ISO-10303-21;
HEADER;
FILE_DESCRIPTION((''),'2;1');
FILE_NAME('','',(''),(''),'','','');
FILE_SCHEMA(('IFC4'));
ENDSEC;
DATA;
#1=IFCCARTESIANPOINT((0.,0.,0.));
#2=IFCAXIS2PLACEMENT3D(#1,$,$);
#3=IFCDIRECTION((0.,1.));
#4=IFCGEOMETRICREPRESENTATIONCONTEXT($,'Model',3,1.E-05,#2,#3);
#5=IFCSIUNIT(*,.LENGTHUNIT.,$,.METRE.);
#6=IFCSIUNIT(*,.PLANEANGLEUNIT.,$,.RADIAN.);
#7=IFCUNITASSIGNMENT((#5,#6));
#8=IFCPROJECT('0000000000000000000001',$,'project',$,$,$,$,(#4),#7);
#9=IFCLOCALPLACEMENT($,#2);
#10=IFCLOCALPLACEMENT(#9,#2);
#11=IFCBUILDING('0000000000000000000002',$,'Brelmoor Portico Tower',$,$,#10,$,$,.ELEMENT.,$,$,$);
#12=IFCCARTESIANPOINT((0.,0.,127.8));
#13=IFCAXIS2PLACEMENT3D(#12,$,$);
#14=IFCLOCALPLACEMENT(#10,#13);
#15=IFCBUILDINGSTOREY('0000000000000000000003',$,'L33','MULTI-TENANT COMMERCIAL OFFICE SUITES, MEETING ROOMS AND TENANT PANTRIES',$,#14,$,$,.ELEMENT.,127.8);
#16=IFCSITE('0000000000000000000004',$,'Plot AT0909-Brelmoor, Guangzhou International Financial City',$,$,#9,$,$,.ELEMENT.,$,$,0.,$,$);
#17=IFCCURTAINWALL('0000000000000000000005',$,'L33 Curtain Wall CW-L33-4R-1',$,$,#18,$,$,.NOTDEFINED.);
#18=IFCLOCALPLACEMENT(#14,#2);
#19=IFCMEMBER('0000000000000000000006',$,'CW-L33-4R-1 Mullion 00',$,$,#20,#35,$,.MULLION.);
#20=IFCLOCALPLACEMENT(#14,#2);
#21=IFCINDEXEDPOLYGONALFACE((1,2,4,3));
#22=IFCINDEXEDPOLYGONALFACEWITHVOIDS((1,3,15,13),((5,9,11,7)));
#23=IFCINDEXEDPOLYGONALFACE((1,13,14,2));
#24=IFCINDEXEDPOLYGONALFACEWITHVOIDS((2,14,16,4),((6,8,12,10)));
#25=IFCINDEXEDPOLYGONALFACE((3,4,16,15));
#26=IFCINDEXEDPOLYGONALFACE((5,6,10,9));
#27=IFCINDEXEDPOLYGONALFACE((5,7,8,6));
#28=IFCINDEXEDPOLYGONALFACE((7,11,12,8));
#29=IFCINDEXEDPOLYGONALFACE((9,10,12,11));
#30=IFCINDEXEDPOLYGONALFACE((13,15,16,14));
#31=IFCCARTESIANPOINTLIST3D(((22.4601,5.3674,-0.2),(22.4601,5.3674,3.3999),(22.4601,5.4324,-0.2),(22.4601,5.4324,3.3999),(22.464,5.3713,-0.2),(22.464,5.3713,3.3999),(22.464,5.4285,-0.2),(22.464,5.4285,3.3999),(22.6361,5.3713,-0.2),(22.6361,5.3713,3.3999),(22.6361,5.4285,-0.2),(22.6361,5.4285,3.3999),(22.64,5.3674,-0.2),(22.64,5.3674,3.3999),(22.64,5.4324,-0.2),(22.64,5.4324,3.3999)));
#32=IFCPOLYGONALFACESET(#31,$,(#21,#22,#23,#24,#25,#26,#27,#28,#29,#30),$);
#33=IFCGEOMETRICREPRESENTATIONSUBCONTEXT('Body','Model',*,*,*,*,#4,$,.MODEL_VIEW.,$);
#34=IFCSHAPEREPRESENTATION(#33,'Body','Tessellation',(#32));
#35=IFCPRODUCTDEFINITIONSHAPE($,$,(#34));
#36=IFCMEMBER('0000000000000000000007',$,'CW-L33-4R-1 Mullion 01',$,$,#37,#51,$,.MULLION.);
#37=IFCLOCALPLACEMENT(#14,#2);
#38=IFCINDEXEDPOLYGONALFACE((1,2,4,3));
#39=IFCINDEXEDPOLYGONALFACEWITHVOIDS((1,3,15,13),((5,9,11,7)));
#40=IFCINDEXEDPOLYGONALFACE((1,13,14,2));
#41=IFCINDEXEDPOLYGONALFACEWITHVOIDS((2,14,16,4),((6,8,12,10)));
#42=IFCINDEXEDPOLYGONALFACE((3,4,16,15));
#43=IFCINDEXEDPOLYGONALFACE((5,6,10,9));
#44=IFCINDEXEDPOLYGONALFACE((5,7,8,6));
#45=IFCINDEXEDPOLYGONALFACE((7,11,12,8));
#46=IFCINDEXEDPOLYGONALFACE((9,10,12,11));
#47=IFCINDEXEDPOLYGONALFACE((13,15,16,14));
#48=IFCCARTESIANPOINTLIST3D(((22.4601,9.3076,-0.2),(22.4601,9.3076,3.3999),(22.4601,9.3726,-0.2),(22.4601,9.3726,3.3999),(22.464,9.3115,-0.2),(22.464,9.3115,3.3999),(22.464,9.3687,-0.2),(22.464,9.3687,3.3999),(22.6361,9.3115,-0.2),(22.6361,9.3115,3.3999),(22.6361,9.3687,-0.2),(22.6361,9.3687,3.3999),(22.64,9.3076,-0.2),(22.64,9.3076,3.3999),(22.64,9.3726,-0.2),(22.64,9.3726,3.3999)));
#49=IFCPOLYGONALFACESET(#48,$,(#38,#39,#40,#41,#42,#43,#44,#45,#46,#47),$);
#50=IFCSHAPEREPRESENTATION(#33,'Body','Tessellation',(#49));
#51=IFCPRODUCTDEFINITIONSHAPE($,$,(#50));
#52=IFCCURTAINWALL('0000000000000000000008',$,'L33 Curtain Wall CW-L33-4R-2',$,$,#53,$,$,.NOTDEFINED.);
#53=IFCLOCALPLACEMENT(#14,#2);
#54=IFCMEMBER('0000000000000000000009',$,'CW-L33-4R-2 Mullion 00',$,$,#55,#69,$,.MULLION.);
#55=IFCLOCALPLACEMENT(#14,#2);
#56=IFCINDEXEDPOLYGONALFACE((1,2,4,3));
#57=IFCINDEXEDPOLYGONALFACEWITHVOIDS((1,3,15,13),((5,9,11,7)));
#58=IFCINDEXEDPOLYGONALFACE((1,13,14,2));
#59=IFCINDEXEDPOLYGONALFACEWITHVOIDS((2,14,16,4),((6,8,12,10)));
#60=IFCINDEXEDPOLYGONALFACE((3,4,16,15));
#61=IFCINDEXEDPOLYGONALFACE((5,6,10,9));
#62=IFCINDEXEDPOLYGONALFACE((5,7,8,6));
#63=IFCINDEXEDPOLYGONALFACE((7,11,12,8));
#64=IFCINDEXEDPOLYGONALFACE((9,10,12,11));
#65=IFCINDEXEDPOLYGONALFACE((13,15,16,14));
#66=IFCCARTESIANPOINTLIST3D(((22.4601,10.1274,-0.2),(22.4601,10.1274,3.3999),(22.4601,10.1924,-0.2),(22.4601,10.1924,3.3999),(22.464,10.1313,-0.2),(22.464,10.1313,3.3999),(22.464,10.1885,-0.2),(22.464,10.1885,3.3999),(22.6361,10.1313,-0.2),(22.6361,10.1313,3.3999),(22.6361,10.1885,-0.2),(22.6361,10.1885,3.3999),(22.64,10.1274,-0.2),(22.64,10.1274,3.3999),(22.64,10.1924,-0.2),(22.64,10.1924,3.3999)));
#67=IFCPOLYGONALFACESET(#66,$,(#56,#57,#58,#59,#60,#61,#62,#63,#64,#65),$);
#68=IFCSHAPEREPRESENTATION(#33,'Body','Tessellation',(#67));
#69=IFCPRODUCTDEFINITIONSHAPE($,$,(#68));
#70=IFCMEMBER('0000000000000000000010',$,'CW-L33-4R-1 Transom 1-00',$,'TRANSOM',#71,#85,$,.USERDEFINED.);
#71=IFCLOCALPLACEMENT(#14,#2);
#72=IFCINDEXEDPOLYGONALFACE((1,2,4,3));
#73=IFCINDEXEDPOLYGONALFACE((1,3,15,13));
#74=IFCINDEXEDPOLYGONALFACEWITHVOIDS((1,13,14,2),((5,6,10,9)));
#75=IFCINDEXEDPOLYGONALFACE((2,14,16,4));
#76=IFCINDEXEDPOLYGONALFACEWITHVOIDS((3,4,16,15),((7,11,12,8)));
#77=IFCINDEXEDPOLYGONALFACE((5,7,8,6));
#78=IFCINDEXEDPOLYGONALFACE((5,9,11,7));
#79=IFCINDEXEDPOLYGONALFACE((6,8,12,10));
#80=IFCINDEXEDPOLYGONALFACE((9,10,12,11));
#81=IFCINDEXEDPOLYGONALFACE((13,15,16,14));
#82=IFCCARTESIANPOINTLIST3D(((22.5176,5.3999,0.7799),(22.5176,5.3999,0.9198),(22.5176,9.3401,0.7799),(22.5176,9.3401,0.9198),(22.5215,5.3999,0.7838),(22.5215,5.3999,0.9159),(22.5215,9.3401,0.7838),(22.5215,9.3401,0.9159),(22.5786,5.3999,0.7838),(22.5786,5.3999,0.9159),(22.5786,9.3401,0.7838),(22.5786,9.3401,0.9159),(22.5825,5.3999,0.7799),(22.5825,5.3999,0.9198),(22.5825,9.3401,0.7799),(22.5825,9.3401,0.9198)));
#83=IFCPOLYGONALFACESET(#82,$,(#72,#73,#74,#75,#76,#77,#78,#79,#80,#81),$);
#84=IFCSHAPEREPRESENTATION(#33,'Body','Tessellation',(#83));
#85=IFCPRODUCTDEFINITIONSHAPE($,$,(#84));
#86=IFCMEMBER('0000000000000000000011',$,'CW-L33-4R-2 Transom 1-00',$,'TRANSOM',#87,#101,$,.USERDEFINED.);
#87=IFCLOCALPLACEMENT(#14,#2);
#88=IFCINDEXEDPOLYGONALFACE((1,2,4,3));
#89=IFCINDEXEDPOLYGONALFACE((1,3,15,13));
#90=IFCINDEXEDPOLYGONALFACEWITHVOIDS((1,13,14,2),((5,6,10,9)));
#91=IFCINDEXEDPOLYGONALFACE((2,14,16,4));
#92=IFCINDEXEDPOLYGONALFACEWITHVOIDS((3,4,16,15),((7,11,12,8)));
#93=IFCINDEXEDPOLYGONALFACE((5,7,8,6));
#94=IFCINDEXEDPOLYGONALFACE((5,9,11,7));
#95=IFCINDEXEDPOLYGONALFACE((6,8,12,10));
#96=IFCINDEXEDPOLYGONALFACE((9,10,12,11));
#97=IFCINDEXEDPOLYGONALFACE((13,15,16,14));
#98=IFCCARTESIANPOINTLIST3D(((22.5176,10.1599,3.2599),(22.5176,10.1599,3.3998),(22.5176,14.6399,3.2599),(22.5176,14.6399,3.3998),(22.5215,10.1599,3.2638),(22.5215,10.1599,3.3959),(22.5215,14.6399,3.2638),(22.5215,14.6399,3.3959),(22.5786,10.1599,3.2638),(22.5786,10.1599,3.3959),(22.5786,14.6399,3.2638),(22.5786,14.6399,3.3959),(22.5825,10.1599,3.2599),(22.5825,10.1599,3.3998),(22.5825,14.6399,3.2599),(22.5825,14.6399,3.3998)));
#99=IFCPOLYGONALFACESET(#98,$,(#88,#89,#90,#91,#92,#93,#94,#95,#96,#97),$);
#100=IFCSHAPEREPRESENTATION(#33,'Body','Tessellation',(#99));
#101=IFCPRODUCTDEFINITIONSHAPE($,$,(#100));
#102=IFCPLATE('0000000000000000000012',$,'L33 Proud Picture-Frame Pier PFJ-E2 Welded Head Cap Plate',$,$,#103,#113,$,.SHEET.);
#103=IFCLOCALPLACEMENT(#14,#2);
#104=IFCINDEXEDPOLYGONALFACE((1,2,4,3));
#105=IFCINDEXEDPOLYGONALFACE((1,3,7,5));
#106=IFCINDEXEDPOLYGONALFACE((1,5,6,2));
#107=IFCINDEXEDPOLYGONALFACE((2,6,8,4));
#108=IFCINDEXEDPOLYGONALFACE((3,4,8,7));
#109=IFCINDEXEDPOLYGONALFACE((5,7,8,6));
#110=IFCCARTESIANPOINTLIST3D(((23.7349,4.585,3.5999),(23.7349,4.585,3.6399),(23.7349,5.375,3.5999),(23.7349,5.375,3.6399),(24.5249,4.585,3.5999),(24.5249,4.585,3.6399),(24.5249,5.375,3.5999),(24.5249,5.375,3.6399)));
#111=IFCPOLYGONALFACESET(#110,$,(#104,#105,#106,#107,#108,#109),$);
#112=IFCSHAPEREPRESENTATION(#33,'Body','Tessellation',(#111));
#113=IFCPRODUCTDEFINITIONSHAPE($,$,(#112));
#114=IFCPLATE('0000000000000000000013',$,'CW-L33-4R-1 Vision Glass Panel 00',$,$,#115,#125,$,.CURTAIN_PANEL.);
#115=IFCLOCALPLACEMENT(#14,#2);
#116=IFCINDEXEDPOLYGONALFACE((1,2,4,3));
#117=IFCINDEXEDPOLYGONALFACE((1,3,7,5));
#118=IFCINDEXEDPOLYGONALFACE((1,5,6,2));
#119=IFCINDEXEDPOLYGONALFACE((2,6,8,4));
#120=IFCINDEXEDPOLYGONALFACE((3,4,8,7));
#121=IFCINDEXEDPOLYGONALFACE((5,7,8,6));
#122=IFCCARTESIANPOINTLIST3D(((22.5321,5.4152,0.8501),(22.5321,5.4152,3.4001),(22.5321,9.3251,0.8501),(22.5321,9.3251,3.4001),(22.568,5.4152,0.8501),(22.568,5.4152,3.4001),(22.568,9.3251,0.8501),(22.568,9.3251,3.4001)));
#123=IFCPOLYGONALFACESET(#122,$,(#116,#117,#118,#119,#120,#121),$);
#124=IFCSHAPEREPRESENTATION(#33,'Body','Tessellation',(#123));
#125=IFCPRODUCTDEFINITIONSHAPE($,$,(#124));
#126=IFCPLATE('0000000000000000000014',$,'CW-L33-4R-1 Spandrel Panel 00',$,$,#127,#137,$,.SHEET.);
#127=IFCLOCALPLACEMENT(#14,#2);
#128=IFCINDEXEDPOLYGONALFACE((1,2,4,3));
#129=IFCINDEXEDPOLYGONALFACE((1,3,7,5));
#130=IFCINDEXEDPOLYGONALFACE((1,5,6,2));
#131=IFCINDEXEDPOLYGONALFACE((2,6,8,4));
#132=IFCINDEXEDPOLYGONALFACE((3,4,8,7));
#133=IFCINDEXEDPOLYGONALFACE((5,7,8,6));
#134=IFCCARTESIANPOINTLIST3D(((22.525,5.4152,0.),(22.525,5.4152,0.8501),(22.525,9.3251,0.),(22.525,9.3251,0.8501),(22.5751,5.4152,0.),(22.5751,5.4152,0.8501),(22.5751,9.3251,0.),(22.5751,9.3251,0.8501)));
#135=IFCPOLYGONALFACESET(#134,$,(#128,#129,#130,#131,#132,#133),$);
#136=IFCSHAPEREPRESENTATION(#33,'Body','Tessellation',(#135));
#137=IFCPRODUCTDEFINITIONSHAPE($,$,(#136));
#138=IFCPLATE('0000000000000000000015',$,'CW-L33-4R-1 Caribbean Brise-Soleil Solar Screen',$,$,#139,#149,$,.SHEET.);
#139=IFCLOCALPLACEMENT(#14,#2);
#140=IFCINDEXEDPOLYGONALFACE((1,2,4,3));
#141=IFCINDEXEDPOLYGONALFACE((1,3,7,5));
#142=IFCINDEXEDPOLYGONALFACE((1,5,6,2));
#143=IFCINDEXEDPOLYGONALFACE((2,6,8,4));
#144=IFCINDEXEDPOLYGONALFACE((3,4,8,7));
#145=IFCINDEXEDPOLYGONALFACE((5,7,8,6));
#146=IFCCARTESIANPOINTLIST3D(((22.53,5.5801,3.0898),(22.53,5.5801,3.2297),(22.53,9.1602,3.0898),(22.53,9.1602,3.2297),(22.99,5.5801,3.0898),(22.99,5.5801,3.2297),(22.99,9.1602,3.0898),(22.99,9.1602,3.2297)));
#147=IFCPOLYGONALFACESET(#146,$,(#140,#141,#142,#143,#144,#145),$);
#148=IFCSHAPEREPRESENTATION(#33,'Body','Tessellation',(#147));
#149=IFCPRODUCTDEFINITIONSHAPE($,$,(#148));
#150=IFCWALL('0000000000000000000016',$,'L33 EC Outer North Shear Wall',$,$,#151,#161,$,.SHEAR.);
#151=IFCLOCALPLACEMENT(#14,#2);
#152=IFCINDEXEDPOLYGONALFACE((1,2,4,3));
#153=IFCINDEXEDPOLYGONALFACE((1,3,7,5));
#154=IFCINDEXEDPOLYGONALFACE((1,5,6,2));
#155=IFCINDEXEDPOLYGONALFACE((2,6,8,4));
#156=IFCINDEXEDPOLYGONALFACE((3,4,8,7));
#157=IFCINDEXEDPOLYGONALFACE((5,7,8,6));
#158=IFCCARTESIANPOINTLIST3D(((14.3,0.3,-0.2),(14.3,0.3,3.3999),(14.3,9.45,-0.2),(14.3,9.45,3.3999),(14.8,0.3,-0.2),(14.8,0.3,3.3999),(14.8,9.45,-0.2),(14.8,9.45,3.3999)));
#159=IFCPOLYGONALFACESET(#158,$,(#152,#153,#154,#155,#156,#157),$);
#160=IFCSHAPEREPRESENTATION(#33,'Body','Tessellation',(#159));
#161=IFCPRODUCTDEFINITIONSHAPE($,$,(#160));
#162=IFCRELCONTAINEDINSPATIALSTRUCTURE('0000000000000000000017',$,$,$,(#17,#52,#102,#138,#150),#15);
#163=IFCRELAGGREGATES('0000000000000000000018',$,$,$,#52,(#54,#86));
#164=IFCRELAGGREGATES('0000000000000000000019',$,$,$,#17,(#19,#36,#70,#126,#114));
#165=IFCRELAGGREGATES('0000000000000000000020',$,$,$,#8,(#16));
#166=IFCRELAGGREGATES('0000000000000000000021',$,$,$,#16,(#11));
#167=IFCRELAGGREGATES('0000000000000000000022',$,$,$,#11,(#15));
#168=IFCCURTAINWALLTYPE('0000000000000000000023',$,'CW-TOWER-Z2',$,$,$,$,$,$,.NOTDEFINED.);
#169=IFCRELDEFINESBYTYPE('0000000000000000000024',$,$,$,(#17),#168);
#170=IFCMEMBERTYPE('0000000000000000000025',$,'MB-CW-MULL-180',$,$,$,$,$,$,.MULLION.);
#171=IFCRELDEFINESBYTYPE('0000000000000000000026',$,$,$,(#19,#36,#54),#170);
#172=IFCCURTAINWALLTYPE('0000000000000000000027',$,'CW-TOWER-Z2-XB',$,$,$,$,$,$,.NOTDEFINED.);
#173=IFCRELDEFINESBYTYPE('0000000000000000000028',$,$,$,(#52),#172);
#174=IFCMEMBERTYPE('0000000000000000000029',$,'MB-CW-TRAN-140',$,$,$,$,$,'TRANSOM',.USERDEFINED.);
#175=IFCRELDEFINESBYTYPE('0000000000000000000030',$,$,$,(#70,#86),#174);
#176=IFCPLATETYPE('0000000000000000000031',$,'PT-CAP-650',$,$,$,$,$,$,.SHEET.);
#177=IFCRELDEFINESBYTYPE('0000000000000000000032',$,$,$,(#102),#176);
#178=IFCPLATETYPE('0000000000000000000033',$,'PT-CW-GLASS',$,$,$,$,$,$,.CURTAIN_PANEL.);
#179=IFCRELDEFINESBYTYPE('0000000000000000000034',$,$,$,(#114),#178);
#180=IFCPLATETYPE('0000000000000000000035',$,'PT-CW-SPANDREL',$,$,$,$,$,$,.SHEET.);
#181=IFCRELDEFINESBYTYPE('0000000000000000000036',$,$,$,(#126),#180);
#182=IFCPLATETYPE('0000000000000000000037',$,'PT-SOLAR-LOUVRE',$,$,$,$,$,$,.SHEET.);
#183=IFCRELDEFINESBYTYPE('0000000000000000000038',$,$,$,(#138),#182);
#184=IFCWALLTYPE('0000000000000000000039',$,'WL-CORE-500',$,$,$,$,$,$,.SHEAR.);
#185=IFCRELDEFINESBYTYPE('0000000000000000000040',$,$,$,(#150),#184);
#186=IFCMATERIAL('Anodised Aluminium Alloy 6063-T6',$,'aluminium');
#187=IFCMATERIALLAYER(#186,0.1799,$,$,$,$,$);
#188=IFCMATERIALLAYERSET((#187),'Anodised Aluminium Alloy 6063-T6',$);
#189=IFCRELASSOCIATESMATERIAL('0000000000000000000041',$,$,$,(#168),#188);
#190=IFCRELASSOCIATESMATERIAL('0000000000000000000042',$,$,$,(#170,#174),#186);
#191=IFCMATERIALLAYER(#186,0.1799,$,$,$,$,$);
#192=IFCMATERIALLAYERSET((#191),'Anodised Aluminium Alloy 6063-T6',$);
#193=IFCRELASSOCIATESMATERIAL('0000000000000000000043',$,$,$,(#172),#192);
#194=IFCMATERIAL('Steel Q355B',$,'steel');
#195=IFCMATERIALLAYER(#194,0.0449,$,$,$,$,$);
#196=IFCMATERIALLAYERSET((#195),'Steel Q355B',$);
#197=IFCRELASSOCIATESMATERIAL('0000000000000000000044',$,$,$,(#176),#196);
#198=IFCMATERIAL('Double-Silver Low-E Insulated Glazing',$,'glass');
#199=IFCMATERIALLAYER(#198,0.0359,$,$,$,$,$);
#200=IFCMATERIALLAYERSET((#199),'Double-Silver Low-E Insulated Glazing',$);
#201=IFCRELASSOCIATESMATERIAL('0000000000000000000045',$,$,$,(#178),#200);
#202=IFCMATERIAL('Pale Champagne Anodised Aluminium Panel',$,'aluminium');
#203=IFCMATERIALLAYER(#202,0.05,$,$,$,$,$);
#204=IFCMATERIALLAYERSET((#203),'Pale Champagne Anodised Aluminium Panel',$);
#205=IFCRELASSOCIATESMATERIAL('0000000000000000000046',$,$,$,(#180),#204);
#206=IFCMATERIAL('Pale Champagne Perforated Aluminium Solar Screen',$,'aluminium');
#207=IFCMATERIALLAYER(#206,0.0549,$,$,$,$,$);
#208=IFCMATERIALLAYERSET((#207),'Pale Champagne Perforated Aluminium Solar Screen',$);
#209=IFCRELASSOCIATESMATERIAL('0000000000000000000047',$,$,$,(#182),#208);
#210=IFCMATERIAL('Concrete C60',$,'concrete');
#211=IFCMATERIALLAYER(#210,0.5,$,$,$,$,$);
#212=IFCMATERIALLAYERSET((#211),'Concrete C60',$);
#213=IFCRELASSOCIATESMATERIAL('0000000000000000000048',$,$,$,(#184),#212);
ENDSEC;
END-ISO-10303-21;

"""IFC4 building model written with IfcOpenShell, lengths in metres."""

from ifc_helpers import new_model, si_unit, direction, frame, frame_2d, origin, origin_2d, place, context, subcontext, project, spatial, rectangle, hollow_rectangle, extrude, material, layer, layer_set, material_profile, profile_set, type_object, element, aggregate, save


model = new_model("IFC4")

# Units and contexts
model_context = context("Model", 3, precision=1e-05, world=origin(), true_north=direction((0.0, 1.0)))
body_context = subcontext(model_context, "Body", "Model", "MODEL_VIEW")
ifc_project = project(units=[si_unit("LENGTHUNIT", "METRE"), si_unit("PLANEANGLEUNIT", "RADIAN")], contexts=[model_context])

# Site, building, storey
site_placement = place(None, origin())
site = spatial("IfcSite", under=ifc_project, at=site_placement, Name="Plot AT0909-Brelmoor, Guangzhou International Financial City", CompositionType="ELEMENT", RefElevation=0.0)
building_placement = place(site_placement, origin())
building = spatial("IfcBuilding", under=site, at=building_placement, Name="Brelmoor Portico Tower", CompositionType="ELEMENT")
storey_placement = place(building_placement, frame((0.0, 0.0, 127.8)))
storey = spatial("IfcBuildingStorey", under=building, at=storey_placement, Name="L33", Description="MULTI-TENANT COMMERCIAL OFFICE SUITES, MEETING ROOMS AND TENANT PANTRIES", CompositionType="ELEMENT", Elevation=127.8)

# Shared definitions
ifc_material_1 = material(Name="Steel Q355B", Category="steel")

# Curtain wall, members
ifc_material_2 = material(Name="Anodised Aluminium Alloy 6063-T6", Category="aluminium")
ifc_layer_1 = layer(ifc_material_2, 0.1799)
ifc_layer_set_1 = layer_set([ifc_layer_1], Name="Anodised Aluminium Alloy 6063-T6")
curtain_wall_type_1 = type_object("IfcCurtainWallType", Name="CW-TOWER-Z2", PredefinedType="NOTDEFINED", material=ifc_layer_set_1)
curtain_wall_1_placement = place(storey_placement, origin())
curtain_wall_1 = element("IfcCurtainWall", 1, at=curtain_wall_1_placement, inside=storey, type_object=curtain_wall_type_1, Name="L33 Curtain Wall CW-L33-4R-1", PredefinedType="NOTDEFINED")
ifc_material_profile_1 = material_profile(ifc_material_2, hollow_rectangle(XDim=0.0649, YDim=0.1799, WallThickness=0.0039, at=origin_2d()), Name="ALU MULLION 65x180")
ifc_profile_set_1 = profile_set([ifc_material_profile_1], Name="Anodised Aluminium Alloy 6063-T6")
member_type_1 = type_object("IfcMemberType", Name="MB-CW-MULL-180", PredefinedType="MULLION", material=ifc_profile_set_1)
member_1_placement = place(storey_placement, frame((22.55, 5.3999, -0.2), z_axis=(0.0, 0.0, 1.0), x_axis=(0.0, 1.0, 0.0)))
member_1 = element("IfcMember", 2, at=member_1_placement, type_object=member_type_1, Name="CW-L33-4R-1 Mullion 00", PredefinedType="MULLION", context=body_context, shape_type="SweptSolid", body=[
    extrude(hollow_rectangle(XDim=0.0649, YDim=0.1799, WallThickness=0.0039, at=origin_2d()), origin(), (0.0, 0.0, 1.0), 3.5999),
])
member_2_placement = place(storey_placement, frame((22.55, 9.3401, -0.2), z_axis=(0.0, 0.0, 1.0), x_axis=(0.0, 1.0, 0.0)))
member_2 = element("IfcMember", 3, at=member_2_placement, type_object=member_type_1, Name="CW-L33-4R-1 Mullion 01", PredefinedType="MULLION", context=body_context, shape_type="SweptSolid", body=[
    extrude(hollow_rectangle(XDim=0.0649, YDim=0.1799, WallThickness=0.0039, at=origin_2d()), origin(), (0.0, 0.0, 1.0), 3.5999),
])

# Curtain wall, member
ifc_layer_2 = layer(ifc_material_2, 0.1799)
ifc_layer_set_2 = layer_set([ifc_layer_2], Name="Anodised Aluminium Alloy 6063-T6")
curtain_wall_type_2 = type_object("IfcCurtainWallType", Name="CW-TOWER-Z2-XB", PredefinedType="NOTDEFINED", material=ifc_layer_set_2)
curtain_wall_2_placement = place(storey_placement, origin())
curtain_wall_2 = element("IfcCurtainWall", 4, at=curtain_wall_2_placement, inside=storey, type_object=curtain_wall_type_2, Name="L33 Curtain Wall CW-L33-4R-2", PredefinedType="NOTDEFINED")
member_3_placement = place(storey_placement, frame((22.55, 10.1599, -0.2), z_axis=(0.0, 0.0, 1.0), x_axis=(0.0, 1.0, 0.0)))
member_3 = element("IfcMember", 5, at=member_3_placement, type_object=member_type_1, Name="CW-L33-4R-2 Mullion 00", PredefinedType="MULLION", context=body_context, shape_type="SweptSolid", body=[
    extrude(hollow_rectangle(XDim=0.0649, YDim=0.1799, WallThickness=0.0039, at=origin_2d()), origin(), (0.0, 0.0, 1.0), 3.5999),
])

# Members
ifc_material_profile_2 = material_profile(ifc_material_2, hollow_rectangle(XDim=0.0649, YDim=0.1399, WallThickness=0.0039, at=origin_2d()), Name="ALU TRANSOM 65x140")
ifc_profile_set_2 = profile_set([ifc_material_profile_2], Name="Anodised Aluminium Alloy 6063-T6")
member_type_2 = type_object("IfcMemberType", Name="MB-CW-TRAN-140", ElementType="TRANSOM", PredefinedType="USERDEFINED", material=ifc_profile_set_2)
member_4_placement = place(storey_placement, frame((22.55, 5.3999, 0.8499), z_axis=(0.0, 1.0, 0.0), x_axis=(-1.0, 0.0, 0.0)))
member_4 = element("IfcMember", 6, at=member_4_placement, type_object=member_type_2, Name="CW-L33-4R-1 Transom 1-00", ObjectType="TRANSOM", PredefinedType="USERDEFINED", context=body_context, shape_type="SweptSolid", body=[
    extrude(hollow_rectangle(XDim=0.0649, YDim=0.1399, WallThickness=0.0039, at=origin_2d()), origin(), (0.0, 0.0, 1.0), 3.9402),
])
member_5_placement = place(storey_placement, frame((22.55, 10.1599, 3.3298), z_axis=(0.0, 1.0, 0.0), x_axis=(-1.0, 0.0, 0.0)))
member_5 = element("IfcMember", 7, at=member_5_placement, type_object=member_type_2, Name="CW-L33-4R-2 Transom 1-00", ObjectType="TRANSOM", PredefinedType="USERDEFINED", context=body_context, shape_type="SweptSolid", body=[
    extrude(hollow_rectangle(XDim=0.0649, YDim=0.1399, WallThickness=0.0039, at=origin_2d()), origin(), (0.0, 0.0, 1.0), 4.48),
])
aggregate(curtain_wall_2, [member_3, member_5])

# Plates
ifc_layer_3 = layer(ifc_material_1, 0.0449)
ifc_layer_set_3 = layer_set([ifc_layer_3], Name="Steel Q355B")
plate_type_1 = type_object("IfcPlateType", Name="PT-CAP-650", PredefinedType="SHEET", material=ifc_layer_set_3)
plate_1_placement = place(storey_placement, frame((24.1299, 4.98, 3.5999), z_axis=(0.0, 0.0, 1.0), x_axis=(0.0, 1.0, 0.0)))
element("IfcPlate", 8, at=plate_1_placement, inside=storey, type_object=plate_type_1, Name="L33 Proud Picture-Frame Pier PFJ-E2 Welded Head Cap Plate", PredefinedType="SHEET", context=body_context, shape_type="SweptSolid", body=[
    extrude(rectangle(XDim=0.79, YDim=0.79, at=origin_2d()), origin(), (0.0, 0.0, 1.0), 0.04),
])
ifc_material_3 = material(Name="Double-Silver Low-E Insulated Glazing", Category="glass")
ifc_layer_4 = layer(ifc_material_3, 0.0359)
ifc_layer_set_4 = layer_set([ifc_layer_4], Name="Double-Silver Low-E Insulated Glazing")
plate_type_2 = type_object("IfcPlateType", Name="PT-CW-GLASS", PredefinedType="CURTAIN_PANEL", material=ifc_layer_set_4)
plate_2_placement = place(storey_placement, frame((22.55, 7.3701, 0.8501), z_axis=(0.0, 0.0, 1.0), x_axis=(0.0, 1.0, 0.0)))
plate_2 = element("IfcPlate", 9, at=plate_2_placement, type_object=plate_type_2, Name="CW-L33-4R-1 Vision Glass Panel 00", PredefinedType="CURTAIN_PANEL", context=body_context, shape_type="SweptSolid", body=[
    extrude(rectangle(XDim=3.9099, YDim=0.0359, at=origin_2d()), origin(), (0.0, 0.0, 1.0), 2.55),
])
ifc_material_4 = material(Name="Pale Champagne Anodised Aluminium Panel", Category="aluminium")
ifc_layer_5 = layer(ifc_material_4, 0.05)
ifc_layer_set_5 = layer_set([ifc_layer_5], Name="Pale Champagne Anodised Aluminium Panel")
plate_type_3 = type_object("IfcPlateType", Name="PT-CW-SPANDREL", PredefinedType="SHEET", material=ifc_layer_set_5)
plate_3_placement = place(storey_placement, frame((22.55, 7.3701, 0.0), z_axis=(0.0, 0.0, 1.0), x_axis=(0.0, 1.0, 0.0)))
plate_3 = element("IfcPlate", 10, at=plate_3_placement, type_object=plate_type_3, Name="CW-L33-4R-1 Spandrel Panel 00", PredefinedType="SHEET", context=body_context, shape_type="SweptSolid", body=[
    extrude(rectangle(XDim=3.9099, YDim=0.05, at=origin_2d()), origin(), (0.0, 0.0, 1.0), 0.8501),
])
aggregate(curtain_wall_1, [member_1, member_2, member_4, plate_3, plate_2])
ifc_material_5 = material(Name="Pale Champagne Perforated Aluminium Solar Screen", Category="aluminium")
ifc_layer_6 = layer(ifc_material_5, 0.0549)
ifc_layer_set_6 = layer_set([ifc_layer_6], Name="Pale Champagne Perforated Aluminium Solar Screen")
plate_type_4 = type_object("IfcPlateType", Name="PT-SOLAR-LOUVRE", PredefinedType="SHEET", material=ifc_layer_set_6)
plate_4_placement = place(storey_placement, frame((22.76, 7.3701, 3.0898), z_axis=(0.0, 0.0, 1.0), x_axis=(0.0, 1.0, 0.0)))
element("IfcPlate", 11, at=plate_4_placement, inside=storey, type_object=plate_type_4, Name="CW-L33-4R-1 Caribbean Brise-Soleil Solar Screen", PredefinedType="SHEET", context=body_context, shape_type="SweptSolid", body=[
    extrude(rectangle(XDim=3.5801, YDim=0.46, at=origin_2d()), origin(), (0.0, 0.0, 1.0), 0.1399),
])

# Wall
ifc_material_6 = material(Name="Concrete C60", Category="concrete")
ifc_layer_7 = layer(ifc_material_6, 0.5)
ifc_layer_set_7 = layer_set([ifc_layer_7], Name="Concrete C60")
wall_type_1 = type_object("IfcWallType", Name="WL-CORE-500", PredefinedType="SHEAR", material=ifc_layer_set_7)
wall_1_placement = place(storey_placement, frame((14.55, 0.3, -0.2), z_axis=(0.0, 0.0, 1.0), x_axis=(0.0, 1.0, 0.0)))
element("IfcWall", 12, at=wall_1_placement, inside=storey, type_object=wall_type_1, Name="L33 EC Outer North Shear Wall", PredefinedType="SHEAR", context=body_context, shape_type="SweptSolid", body=[
    extrude(rectangle(XDim=9.1499, YDim=0.5, at=frame_2d((4.575, 0.0))), origin(), (0.0, 0.0, 1.0), 3.5999),
])

save(model, "model.ifc")
